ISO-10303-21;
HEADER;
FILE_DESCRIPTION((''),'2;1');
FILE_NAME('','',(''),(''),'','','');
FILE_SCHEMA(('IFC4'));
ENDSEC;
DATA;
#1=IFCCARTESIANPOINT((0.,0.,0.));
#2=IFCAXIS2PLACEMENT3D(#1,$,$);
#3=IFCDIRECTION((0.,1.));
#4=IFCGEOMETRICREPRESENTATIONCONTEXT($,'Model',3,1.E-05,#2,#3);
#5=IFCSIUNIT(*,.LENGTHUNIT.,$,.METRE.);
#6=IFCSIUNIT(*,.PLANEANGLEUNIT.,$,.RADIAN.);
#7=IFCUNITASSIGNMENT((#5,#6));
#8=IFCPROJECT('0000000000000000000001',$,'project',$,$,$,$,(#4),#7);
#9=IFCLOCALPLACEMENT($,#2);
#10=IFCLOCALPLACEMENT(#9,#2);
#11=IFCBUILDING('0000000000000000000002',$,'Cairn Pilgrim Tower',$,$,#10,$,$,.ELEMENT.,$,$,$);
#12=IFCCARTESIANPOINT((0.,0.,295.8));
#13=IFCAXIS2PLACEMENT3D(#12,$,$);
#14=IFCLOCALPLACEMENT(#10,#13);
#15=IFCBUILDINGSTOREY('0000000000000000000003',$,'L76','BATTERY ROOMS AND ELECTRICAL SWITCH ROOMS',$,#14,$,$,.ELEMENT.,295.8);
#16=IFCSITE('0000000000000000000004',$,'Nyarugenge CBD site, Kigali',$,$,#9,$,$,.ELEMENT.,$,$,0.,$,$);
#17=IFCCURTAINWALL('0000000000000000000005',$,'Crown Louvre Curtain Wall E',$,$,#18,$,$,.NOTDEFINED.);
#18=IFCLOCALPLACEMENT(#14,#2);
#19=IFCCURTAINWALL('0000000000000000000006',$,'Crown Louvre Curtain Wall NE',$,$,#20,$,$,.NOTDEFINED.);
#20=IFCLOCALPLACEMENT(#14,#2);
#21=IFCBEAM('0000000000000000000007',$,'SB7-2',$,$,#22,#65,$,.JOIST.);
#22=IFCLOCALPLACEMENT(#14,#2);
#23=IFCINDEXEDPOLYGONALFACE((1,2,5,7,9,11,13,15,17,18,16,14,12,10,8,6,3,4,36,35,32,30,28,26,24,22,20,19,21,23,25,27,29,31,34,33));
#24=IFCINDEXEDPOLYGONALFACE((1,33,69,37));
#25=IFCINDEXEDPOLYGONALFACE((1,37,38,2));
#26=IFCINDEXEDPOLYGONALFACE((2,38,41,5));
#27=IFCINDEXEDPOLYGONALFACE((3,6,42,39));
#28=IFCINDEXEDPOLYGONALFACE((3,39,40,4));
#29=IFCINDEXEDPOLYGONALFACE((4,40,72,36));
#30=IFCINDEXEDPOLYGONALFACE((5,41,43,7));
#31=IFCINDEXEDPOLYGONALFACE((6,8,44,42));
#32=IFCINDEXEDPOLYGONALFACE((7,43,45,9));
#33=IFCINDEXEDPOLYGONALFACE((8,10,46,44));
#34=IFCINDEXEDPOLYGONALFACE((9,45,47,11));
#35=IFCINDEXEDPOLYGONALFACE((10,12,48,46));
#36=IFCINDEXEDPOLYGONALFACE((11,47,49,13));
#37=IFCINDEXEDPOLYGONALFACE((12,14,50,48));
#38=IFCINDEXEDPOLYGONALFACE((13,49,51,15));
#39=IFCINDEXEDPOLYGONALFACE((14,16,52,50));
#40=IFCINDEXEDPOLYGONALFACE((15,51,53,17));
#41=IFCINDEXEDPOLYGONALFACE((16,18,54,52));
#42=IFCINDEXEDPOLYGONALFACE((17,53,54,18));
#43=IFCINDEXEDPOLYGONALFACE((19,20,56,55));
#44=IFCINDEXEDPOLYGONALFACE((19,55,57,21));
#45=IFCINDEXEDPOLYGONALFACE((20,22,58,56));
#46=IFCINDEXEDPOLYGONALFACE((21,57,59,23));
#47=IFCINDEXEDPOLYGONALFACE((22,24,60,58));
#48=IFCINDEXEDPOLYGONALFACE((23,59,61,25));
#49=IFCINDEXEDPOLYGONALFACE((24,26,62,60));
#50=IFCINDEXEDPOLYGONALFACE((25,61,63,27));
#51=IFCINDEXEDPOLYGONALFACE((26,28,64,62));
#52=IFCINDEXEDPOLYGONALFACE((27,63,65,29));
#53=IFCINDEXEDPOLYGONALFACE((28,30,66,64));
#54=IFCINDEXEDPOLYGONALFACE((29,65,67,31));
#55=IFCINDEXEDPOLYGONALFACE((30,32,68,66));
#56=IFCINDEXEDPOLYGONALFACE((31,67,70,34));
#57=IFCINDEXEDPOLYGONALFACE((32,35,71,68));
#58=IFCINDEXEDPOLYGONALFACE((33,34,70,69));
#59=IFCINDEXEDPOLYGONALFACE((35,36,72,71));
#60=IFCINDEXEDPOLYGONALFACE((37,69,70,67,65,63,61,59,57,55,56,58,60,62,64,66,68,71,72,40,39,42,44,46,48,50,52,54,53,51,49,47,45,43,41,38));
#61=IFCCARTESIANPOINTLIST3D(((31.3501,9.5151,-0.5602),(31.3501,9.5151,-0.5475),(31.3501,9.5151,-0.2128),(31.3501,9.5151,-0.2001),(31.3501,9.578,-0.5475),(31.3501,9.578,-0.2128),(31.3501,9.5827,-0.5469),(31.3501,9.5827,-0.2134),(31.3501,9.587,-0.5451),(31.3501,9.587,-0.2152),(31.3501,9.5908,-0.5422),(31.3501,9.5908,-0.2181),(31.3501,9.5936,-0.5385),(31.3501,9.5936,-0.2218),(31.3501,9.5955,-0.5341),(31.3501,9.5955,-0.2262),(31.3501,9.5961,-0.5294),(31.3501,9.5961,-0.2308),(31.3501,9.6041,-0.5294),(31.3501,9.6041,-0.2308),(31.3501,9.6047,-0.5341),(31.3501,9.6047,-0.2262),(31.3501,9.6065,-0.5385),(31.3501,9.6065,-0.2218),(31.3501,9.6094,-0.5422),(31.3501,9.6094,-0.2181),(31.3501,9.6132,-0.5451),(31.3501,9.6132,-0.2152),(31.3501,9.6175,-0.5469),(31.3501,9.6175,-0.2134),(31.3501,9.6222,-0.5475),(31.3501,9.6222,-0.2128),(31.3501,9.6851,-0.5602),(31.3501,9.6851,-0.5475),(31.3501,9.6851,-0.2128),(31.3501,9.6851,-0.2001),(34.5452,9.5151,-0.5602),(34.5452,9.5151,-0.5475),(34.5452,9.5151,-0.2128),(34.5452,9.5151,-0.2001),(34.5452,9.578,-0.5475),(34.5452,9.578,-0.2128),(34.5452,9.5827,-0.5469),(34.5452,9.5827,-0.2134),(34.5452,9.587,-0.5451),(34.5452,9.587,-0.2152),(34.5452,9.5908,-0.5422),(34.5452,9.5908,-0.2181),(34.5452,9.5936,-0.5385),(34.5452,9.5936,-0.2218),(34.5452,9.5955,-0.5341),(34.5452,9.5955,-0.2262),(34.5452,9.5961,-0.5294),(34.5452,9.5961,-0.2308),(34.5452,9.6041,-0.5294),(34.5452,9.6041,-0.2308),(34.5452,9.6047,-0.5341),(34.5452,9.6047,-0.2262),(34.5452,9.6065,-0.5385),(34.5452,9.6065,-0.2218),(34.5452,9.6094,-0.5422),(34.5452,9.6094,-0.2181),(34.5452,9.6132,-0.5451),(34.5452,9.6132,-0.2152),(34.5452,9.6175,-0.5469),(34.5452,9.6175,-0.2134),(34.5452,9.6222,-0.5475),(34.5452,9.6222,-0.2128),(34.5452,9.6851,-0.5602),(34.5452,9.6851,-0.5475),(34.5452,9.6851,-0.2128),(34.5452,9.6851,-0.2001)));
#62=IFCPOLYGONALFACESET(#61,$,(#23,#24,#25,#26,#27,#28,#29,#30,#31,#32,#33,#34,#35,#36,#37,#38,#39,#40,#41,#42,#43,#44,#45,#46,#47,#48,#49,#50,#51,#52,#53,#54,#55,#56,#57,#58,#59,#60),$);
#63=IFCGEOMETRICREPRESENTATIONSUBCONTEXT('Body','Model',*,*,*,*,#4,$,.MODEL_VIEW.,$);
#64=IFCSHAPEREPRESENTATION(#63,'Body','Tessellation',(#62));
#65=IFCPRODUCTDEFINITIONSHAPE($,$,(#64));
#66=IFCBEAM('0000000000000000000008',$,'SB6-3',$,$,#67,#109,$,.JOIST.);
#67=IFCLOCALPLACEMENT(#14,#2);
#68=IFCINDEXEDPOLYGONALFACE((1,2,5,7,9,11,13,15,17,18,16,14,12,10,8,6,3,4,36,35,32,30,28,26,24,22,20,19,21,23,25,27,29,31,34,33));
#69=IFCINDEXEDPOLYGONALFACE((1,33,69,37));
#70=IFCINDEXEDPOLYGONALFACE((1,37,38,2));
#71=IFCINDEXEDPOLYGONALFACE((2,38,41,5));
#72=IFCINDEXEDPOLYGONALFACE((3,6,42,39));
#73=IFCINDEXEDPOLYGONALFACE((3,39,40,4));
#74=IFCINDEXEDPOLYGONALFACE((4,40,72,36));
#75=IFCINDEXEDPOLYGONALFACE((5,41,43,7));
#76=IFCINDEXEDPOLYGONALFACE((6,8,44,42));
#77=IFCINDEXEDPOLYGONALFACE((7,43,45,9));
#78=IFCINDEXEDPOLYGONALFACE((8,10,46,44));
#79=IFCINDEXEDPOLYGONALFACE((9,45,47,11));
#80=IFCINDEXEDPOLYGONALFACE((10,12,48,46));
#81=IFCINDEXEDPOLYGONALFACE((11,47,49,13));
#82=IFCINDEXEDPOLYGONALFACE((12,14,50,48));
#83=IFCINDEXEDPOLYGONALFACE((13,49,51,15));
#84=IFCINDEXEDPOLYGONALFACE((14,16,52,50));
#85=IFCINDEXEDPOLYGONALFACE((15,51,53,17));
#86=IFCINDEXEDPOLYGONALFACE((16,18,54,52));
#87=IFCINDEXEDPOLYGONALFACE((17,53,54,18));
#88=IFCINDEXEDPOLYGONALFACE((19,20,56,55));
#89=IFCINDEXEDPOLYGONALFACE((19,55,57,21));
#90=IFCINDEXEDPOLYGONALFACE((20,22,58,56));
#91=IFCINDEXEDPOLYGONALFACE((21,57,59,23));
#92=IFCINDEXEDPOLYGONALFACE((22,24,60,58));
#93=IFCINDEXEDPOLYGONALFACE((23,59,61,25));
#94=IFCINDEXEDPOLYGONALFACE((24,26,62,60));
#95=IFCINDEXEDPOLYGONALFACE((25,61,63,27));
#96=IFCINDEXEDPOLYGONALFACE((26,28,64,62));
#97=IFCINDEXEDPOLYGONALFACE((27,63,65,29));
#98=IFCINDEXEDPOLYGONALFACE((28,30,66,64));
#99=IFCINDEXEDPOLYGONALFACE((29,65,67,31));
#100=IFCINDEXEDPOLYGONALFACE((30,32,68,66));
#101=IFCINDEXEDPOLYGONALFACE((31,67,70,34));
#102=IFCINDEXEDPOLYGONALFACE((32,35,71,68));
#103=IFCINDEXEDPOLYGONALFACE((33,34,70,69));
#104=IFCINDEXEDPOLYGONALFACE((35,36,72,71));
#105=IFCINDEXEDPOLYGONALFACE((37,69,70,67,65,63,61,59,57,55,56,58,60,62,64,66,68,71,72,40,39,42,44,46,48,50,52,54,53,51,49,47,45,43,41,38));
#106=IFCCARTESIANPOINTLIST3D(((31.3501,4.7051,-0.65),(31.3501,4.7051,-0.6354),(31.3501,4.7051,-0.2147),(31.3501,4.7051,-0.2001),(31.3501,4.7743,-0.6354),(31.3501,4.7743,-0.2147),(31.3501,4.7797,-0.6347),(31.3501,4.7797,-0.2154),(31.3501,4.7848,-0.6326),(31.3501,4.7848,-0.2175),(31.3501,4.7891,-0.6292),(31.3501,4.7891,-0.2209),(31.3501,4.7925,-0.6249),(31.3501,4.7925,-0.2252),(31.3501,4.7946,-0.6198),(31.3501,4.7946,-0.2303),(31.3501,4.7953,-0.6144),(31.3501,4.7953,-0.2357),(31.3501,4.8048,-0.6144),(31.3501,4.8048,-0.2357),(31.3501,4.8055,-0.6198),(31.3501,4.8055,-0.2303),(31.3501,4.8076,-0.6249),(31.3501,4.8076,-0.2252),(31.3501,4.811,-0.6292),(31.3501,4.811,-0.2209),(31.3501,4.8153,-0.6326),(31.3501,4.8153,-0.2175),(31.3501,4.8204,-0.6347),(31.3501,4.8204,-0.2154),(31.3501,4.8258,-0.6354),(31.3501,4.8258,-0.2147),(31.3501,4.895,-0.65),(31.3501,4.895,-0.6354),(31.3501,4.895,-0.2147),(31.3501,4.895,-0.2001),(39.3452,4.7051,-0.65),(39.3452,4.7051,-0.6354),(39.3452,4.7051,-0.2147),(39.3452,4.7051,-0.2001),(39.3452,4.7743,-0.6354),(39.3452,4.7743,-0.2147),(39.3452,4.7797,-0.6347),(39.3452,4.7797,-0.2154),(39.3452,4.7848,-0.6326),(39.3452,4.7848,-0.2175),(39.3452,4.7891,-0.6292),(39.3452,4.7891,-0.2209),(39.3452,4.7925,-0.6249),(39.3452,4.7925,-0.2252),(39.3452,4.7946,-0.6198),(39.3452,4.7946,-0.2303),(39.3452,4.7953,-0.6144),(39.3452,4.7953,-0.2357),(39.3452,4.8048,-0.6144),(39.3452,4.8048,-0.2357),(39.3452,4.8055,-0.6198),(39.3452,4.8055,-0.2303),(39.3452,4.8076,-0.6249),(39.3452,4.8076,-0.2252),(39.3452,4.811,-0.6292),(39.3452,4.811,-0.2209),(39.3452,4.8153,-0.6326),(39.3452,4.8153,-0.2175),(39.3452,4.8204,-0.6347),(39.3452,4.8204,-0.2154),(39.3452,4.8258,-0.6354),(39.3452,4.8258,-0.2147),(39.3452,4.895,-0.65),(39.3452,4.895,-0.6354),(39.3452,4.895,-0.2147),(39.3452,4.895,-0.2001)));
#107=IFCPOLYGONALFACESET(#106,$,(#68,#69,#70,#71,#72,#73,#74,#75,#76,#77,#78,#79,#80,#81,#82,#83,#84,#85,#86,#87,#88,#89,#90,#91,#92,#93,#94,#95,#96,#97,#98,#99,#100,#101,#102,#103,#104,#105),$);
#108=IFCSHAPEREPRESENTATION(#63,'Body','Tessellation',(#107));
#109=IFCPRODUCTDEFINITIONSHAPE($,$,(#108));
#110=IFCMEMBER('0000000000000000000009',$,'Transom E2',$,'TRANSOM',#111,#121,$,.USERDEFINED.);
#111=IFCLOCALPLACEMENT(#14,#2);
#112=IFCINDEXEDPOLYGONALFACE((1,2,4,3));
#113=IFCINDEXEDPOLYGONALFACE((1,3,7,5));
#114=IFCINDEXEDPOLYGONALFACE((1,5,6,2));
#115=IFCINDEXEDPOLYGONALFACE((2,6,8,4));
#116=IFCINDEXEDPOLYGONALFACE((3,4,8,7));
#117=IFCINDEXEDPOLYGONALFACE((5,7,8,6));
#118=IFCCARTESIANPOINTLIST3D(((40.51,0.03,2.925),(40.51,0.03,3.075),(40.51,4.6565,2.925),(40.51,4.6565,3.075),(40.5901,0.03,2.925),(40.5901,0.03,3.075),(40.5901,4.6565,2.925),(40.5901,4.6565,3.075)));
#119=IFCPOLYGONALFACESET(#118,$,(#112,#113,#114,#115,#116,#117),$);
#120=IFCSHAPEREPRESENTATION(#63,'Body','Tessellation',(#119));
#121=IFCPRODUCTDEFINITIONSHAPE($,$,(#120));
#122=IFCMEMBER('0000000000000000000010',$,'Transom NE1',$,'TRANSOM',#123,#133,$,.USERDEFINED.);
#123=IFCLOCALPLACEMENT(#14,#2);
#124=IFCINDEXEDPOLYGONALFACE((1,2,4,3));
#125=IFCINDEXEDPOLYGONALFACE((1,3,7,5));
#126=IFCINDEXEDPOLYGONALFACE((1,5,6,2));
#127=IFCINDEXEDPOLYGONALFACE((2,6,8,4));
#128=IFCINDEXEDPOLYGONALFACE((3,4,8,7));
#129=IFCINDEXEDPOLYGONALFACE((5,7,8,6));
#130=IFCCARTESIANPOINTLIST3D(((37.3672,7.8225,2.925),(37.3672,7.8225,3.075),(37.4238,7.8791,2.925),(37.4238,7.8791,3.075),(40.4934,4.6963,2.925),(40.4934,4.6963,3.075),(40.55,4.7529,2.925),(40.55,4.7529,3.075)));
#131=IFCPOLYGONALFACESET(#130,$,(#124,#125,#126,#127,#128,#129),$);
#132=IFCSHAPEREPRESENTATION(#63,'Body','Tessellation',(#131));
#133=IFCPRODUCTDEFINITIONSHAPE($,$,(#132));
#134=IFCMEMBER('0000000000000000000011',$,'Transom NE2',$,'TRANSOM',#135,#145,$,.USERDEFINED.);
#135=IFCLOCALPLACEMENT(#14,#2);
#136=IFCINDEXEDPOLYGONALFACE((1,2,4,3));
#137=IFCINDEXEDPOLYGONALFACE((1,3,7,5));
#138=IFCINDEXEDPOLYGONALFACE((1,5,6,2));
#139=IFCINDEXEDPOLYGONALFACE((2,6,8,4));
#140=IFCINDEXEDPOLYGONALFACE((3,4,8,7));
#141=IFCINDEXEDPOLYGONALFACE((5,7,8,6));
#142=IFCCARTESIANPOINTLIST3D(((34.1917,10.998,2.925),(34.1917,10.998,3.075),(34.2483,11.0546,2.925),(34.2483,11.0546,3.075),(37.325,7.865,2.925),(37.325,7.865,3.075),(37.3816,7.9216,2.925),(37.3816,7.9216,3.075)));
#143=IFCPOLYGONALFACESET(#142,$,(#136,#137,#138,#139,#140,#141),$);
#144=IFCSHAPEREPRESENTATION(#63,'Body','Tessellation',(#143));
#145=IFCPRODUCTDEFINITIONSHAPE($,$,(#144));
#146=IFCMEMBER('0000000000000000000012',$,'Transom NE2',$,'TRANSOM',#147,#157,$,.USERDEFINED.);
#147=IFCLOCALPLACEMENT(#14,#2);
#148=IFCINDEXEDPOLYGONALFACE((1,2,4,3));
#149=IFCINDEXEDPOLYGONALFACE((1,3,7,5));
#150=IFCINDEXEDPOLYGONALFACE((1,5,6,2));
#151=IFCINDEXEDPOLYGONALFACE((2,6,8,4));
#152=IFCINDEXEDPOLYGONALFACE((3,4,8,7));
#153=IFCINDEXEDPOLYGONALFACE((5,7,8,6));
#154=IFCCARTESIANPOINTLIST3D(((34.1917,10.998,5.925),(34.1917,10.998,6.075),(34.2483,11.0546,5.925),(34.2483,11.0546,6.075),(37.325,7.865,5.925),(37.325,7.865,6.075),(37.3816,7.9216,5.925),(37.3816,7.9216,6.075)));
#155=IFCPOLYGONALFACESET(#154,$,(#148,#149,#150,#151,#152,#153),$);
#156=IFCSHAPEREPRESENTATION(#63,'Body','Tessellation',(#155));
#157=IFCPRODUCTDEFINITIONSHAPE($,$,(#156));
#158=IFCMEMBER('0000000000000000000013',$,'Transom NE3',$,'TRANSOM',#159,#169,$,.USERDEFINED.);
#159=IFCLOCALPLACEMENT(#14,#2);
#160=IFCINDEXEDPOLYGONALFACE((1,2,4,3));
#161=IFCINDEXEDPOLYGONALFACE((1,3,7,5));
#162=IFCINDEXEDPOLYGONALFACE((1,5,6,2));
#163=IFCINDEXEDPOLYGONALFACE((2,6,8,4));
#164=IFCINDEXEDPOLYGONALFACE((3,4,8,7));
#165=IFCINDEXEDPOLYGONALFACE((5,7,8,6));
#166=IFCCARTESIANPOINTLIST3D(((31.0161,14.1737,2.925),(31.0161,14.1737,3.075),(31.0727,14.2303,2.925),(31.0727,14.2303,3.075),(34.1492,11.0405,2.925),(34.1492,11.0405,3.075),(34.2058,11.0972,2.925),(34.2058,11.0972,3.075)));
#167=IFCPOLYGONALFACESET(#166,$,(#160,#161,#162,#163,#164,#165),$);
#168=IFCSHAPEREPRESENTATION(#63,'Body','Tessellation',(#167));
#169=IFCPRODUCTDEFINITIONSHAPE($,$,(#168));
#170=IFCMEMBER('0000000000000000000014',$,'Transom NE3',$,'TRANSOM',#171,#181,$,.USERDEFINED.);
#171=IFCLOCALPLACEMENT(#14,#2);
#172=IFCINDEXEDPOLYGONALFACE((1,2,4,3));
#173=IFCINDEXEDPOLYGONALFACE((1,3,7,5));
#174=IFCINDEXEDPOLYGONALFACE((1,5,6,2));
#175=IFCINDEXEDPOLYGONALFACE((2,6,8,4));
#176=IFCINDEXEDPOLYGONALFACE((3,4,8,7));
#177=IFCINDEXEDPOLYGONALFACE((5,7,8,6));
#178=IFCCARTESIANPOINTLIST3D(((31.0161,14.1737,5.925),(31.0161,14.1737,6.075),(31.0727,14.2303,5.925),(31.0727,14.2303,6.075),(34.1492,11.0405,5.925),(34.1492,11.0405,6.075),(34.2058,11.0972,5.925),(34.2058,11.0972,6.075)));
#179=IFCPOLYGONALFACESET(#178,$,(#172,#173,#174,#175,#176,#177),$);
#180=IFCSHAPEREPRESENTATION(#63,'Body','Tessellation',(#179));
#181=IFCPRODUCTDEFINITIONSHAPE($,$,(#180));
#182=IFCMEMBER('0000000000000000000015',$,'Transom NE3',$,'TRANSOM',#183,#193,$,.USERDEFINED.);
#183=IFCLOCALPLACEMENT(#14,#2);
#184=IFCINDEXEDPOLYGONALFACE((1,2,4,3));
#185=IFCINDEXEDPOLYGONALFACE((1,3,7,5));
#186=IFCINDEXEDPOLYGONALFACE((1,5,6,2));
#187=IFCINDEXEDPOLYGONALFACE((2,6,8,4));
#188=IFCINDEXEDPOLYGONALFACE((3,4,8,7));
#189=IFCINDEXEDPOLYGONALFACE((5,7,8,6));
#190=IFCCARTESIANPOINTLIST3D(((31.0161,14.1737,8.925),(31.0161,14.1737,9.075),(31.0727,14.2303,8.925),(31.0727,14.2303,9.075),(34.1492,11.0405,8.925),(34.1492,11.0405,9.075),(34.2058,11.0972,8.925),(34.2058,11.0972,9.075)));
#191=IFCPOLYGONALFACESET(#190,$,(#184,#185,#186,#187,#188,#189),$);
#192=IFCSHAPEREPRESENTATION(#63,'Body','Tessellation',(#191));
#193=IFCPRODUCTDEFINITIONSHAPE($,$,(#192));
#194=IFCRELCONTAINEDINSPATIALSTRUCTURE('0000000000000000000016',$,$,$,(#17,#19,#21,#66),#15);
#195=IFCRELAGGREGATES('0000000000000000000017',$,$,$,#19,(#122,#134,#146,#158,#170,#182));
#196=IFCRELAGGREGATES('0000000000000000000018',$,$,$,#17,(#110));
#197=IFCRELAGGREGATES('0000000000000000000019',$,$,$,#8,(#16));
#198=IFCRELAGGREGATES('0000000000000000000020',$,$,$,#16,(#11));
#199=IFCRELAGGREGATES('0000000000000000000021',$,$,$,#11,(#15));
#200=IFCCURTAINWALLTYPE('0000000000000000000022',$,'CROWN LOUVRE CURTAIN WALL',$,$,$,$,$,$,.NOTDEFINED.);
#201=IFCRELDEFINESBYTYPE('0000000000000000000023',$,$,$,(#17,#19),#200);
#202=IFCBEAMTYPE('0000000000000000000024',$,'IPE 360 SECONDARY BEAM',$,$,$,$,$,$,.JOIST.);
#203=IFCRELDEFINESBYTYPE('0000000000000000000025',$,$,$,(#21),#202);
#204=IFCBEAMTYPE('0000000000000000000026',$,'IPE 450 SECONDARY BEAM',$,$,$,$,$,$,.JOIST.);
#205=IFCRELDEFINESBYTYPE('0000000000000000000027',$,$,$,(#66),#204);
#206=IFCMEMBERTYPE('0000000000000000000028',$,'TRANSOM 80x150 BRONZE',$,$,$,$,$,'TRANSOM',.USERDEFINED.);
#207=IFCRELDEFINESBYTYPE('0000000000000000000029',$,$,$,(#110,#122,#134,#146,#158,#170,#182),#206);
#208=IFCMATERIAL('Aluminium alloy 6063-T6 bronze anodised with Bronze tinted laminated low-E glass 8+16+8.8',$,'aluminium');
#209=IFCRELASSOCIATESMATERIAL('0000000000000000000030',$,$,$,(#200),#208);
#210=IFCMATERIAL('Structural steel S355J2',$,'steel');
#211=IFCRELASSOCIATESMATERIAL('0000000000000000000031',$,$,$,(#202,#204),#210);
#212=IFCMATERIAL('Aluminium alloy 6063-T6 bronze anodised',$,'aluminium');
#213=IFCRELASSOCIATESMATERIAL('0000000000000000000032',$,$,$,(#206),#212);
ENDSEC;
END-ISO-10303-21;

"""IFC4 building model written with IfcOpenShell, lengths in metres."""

from ifc_helpers import new_model, si_unit, direction, frame, origin, origin_2d, place, context, subcontext, project, spatial, rectangle, i_section, extrude, material, material_profile, profile_set, type_object, element, aggregate, save


model = new_model("IFC4")

# Units and contexts
model_context = context("Model", 3, precision=1e-05, world=origin(), true_north=direction((0.0, 1.0)))
body_context = subcontext(model_context, "Body", "Model", "MODEL_VIEW")
ifc_project = project(units=[si_unit("LENGTHUNIT", "METRE"), si_unit("PLANEANGLEUNIT", "RADIAN")], contexts=[model_context])

# Site, building, storey
site_placement = place(None, origin())
site = spatial("IfcSite", under=ifc_project, at=site_placement, Name="Nyarugenge CBD site, Kigali", CompositionType="ELEMENT", RefElevation=0.0)
building_placement = place(site_placement, origin())
building = spatial("IfcBuilding", under=site, at=building_placement, Name="Cairn Pilgrim Tower", CompositionType="ELEMENT")
storey_placement = place(building_placement, frame((0.0, 0.0, 295.8)))
storey = spatial("IfcBuildingStorey", under=building, at=storey_placement, Name="L76", Description="BATTERY ROOMS AND ELECTRICAL SWITCH ROOMS", CompositionType="ELEMENT", Elevation=295.8)

# Shared definitions
ifc_material_1 = material(Name="Structural steel S355J2", Category="steel")

# Curtain wall
ifc_material_2 = material(Name="Aluminium alloy 6063-T6 bronze anodised with Bronze tinted laminated low-E glass 8+16+8.8", Category="aluminium")
curtain_wall_type = type_object("IfcCurtainWallType", Name="CROWN LOUVRE CURTAIN WALL", PredefinedType="NOTDEFINED", material=ifc_material_2)
curtain_wall_1_placement = place(storey_placement, origin())
curtain_wall_1 = element("IfcCurtainWall", 1, at=curtain_wall_1_placement, inside=storey, type_object=curtain_wall_type, Name="Crown Louvre Curtain Wall E", PredefinedType="NOTDEFINED")
ifc_material_3 = material(Name="Aluminium alloy 6063-T6 bronze anodised", Category="aluminium")

# Curtain wall
curtain_wall_2_placement = place(storey_placement, origin())
curtain_wall_2 = element("IfcCurtainWall", 2, at=curtain_wall_2_placement, inside=storey, type_object=curtain_wall_type, Name="Crown Louvre Curtain Wall NE", PredefinedType="NOTDEFINED")

# Beams
ifc_material_profile_1 = material_profile(ifc_material_1, i_section(OverallWidth=0.1699, OverallDepth=0.3601, WebThickness=0.0081, FlangeThickness=0.0127, FilletRadius=0.0181, at=origin_2d()), Name="IPE 360")
ifc_profile_set_1 = profile_set([ifc_material_profile_1], Name="Structural steel S355J2")
beam_type_1 = type_object("IfcBeamType", Name="IPE 360 SECONDARY BEAM", PredefinedType="JOIST", material=ifc_profile_set_1)
beam_1_placement = place(storey_placement, frame((31.3501, 9.6001, -0.3801), z_axis=(1.0, 0.0, 0.0), x_axis=(0.0, 1.0, 0.0)))
element("IfcBeam", 3, at=beam_1_placement, inside=storey, type_object=beam_type_1, Name="SB7-2", PredefinedType="JOIST", context=body_context, shape_type="SweptSolid", body=[
    extrude(i_section(OverallWidth=0.1699, OverallDepth=0.3601, WebThickness=0.0081, FlangeThickness=0.0127, FilletRadius=0.0181, at=origin_2d()), origin(), (0.0, 0.0, 1.0), 3.1951),
])
ifc_material_profile_2 = material_profile(ifc_material_1, i_section(OverallWidth=0.1899, OverallDepth=0.45, WebThickness=0.0095, FlangeThickness=0.0146, FilletRadius=0.021, at=origin_2d()), Name="IPE 450")
ifc_profile_set_2 = profile_set([ifc_material_profile_2], Name="Structural steel S355J2")
beam_type_2 = type_object("IfcBeamType", Name="IPE 450 SECONDARY BEAM", PredefinedType="JOIST", material=ifc_profile_set_2)
beam_2_placement = place(storey_placement, frame((31.3501, 4.8, -0.425), z_axis=(1.0, 0.0, 0.0), x_axis=(0.0, 1.0, 0.0)))
element("IfcBeam", 4, at=beam_2_placement, inside=storey, type_object=beam_type_2, Name="SB6-3", PredefinedType="JOIST", context=body_context, shape_type="SweptSolid", body=[
    extrude(i_section(OverallWidth=0.1899, OverallDepth=0.45, WebThickness=0.0095, FlangeThickness=0.0146, FilletRadius=0.021, at=origin_2d()), origin(), (0.0, 0.0, 1.0), 7.9951),
])

# Members
ifc_material_profile_3 = material_profile(ifc_material_3, rectangle(XDim=0.0801, YDim=0.1499, at=origin_2d()), Name="TRANSOM 80x150 BRONZE")
ifc_profile_set_3 = profile_set([ifc_material_profile_3], Name="Aluminium alloy 6063-T6 bronze anodised")
member_type_1 = type_object("IfcMemberType", Name="TRANSOM 80x150 BRONZE", ElementType="TRANSOM", PredefinedType="USERDEFINED", material=ifc_profile_set_3)
member_1_placement = place(storey_placement, frame((40.55, 0.03, 3.0), z_axis=(0.0, 1.0, 0.0), x_axis=(-1.0, 0.0, 0.0)))
member_1 = element("IfcMember", 5, at=member_1_placement, type_object=member_type_1, Name="Transom E2", ObjectType="TRANSOM", PredefinedType="USERDEFINED", context=body_context, shape_type="SweptSolid", body=[
    extrude(rectangle(XDim=0.0801, YDim=0.1499, at=origin_2d()), origin(), (0.0, 0.0, 1.0), 4.6265),
])
member_2_placement = place(storey_placement, frame((40.5217, 4.7246, 3.0), z_axis=(-0.707107, 0.707107, 0.0), x_axis=(-0.707107, -0.707107, 0.0)))
member_2 = element("IfcMember", 6, at=member_2_placement, type_object=member_type_1, Name="Transom NE1", ObjectType="TRANSOM", PredefinedType="USERDEFINED", context=body_context, shape_type="SweptSolid", body=[
    extrude(rectangle(XDim=0.0801, YDim=0.1499, at=origin_2d()), origin(), (0.0, 0.0, 1.0), 4.4211),
])
member_3_placement = place(storey_placement, frame((37.3533, 7.8933, 3.0), z_axis=(-0.707134, 0.707079, 0.0), x_axis=(-0.707079, -0.707134, 0.0)))
member_3 = element("IfcMember", 7, at=member_3_placement, type_object=member_type_1, Name="Transom NE2", ObjectType="TRANSOM", PredefinedType="USERDEFINED", context=body_context, shape_type="SweptSolid", body=[
    extrude(rectangle(XDim=0.0801, YDim=0.1499, at=origin_2d()), origin(), (0.0, 0.0, 1.0), 4.4309),
])
member_4_placement = place(storey_placement, frame((37.3533, 7.8933, 6.0), z_axis=(-0.707134, 0.707079, 0.0), x_axis=(-0.707079, -0.707134, 0.0)))
member_4 = element("IfcMember", 8, at=member_4_placement, type_object=member_type_1, Name="Transom NE2", ObjectType="TRANSOM", PredefinedType="USERDEFINED", context=body_context, shape_type="SweptSolid", body=[
    extrude(rectangle(XDim=0.0801, YDim=0.1499, at=origin_2d()), origin(), (0.0, 0.0, 1.0), 4.4309),
])
member_5_placement = place(storey_placement, frame((34.1775, 11.0688, 3.0), z_axis=(-0.707107, 0.707107, 0.0), x_axis=(-0.707107, -0.707107, 0.0)))
member_5 = element("IfcMember", 9, at=member_5_placement, type_object=member_type_1, Name="Transom NE3", ObjectType="TRANSOM", PredefinedType="USERDEFINED", context=body_context, shape_type="SweptSolid", body=[
    extrude(rectangle(XDim=0.0801, YDim=0.1499, at=origin_2d()), origin(), (0.0, 0.0, 1.0), 4.4309),
])
member_6_placement = place(storey_placement, frame((34.1775, 11.0688, 6.0), z_axis=(-0.707107, 0.707107, 0.0), x_axis=(-0.707107, -0.707107, 0.0)))
member_6 = element("IfcMember", 10, at=member_6_placement, type_object=member_type_1, Name="Transom NE3", ObjectType="TRANSOM", PredefinedType="USERDEFINED", context=body_context, shape_type="SweptSolid", body=[
    extrude(rectangle(XDim=0.0801, YDim=0.1499, at=origin_2d()), origin(), (0.0, 0.0, 1.0), 4.4309),
])
member_7_placement = place(storey_placement, frame((34.1775, 11.0688, 9.0), z_axis=(-0.707107, 0.707107, 0.0), x_axis=(-0.707107, -0.707107, 0.0)))
member_7 = element("IfcMember", 11, at=member_7_placement, type_object=member_type_1, Name="Transom NE3", ObjectType="TRANSOM", PredefinedType="USERDEFINED", context=body_context, shape_type="SweptSolid", body=[
    extrude(rectangle(XDim=0.0801, YDim=0.1499, at=origin_2d()), origin(), (0.0, 0.0, 1.0), 4.4309),
])

aggregate(curtain_wall_2, [member_2, member_3, member_4, member_5, member_6, member_7])
aggregate(curtain_wall_1, [member_1])

save(model, "model.ifc")
